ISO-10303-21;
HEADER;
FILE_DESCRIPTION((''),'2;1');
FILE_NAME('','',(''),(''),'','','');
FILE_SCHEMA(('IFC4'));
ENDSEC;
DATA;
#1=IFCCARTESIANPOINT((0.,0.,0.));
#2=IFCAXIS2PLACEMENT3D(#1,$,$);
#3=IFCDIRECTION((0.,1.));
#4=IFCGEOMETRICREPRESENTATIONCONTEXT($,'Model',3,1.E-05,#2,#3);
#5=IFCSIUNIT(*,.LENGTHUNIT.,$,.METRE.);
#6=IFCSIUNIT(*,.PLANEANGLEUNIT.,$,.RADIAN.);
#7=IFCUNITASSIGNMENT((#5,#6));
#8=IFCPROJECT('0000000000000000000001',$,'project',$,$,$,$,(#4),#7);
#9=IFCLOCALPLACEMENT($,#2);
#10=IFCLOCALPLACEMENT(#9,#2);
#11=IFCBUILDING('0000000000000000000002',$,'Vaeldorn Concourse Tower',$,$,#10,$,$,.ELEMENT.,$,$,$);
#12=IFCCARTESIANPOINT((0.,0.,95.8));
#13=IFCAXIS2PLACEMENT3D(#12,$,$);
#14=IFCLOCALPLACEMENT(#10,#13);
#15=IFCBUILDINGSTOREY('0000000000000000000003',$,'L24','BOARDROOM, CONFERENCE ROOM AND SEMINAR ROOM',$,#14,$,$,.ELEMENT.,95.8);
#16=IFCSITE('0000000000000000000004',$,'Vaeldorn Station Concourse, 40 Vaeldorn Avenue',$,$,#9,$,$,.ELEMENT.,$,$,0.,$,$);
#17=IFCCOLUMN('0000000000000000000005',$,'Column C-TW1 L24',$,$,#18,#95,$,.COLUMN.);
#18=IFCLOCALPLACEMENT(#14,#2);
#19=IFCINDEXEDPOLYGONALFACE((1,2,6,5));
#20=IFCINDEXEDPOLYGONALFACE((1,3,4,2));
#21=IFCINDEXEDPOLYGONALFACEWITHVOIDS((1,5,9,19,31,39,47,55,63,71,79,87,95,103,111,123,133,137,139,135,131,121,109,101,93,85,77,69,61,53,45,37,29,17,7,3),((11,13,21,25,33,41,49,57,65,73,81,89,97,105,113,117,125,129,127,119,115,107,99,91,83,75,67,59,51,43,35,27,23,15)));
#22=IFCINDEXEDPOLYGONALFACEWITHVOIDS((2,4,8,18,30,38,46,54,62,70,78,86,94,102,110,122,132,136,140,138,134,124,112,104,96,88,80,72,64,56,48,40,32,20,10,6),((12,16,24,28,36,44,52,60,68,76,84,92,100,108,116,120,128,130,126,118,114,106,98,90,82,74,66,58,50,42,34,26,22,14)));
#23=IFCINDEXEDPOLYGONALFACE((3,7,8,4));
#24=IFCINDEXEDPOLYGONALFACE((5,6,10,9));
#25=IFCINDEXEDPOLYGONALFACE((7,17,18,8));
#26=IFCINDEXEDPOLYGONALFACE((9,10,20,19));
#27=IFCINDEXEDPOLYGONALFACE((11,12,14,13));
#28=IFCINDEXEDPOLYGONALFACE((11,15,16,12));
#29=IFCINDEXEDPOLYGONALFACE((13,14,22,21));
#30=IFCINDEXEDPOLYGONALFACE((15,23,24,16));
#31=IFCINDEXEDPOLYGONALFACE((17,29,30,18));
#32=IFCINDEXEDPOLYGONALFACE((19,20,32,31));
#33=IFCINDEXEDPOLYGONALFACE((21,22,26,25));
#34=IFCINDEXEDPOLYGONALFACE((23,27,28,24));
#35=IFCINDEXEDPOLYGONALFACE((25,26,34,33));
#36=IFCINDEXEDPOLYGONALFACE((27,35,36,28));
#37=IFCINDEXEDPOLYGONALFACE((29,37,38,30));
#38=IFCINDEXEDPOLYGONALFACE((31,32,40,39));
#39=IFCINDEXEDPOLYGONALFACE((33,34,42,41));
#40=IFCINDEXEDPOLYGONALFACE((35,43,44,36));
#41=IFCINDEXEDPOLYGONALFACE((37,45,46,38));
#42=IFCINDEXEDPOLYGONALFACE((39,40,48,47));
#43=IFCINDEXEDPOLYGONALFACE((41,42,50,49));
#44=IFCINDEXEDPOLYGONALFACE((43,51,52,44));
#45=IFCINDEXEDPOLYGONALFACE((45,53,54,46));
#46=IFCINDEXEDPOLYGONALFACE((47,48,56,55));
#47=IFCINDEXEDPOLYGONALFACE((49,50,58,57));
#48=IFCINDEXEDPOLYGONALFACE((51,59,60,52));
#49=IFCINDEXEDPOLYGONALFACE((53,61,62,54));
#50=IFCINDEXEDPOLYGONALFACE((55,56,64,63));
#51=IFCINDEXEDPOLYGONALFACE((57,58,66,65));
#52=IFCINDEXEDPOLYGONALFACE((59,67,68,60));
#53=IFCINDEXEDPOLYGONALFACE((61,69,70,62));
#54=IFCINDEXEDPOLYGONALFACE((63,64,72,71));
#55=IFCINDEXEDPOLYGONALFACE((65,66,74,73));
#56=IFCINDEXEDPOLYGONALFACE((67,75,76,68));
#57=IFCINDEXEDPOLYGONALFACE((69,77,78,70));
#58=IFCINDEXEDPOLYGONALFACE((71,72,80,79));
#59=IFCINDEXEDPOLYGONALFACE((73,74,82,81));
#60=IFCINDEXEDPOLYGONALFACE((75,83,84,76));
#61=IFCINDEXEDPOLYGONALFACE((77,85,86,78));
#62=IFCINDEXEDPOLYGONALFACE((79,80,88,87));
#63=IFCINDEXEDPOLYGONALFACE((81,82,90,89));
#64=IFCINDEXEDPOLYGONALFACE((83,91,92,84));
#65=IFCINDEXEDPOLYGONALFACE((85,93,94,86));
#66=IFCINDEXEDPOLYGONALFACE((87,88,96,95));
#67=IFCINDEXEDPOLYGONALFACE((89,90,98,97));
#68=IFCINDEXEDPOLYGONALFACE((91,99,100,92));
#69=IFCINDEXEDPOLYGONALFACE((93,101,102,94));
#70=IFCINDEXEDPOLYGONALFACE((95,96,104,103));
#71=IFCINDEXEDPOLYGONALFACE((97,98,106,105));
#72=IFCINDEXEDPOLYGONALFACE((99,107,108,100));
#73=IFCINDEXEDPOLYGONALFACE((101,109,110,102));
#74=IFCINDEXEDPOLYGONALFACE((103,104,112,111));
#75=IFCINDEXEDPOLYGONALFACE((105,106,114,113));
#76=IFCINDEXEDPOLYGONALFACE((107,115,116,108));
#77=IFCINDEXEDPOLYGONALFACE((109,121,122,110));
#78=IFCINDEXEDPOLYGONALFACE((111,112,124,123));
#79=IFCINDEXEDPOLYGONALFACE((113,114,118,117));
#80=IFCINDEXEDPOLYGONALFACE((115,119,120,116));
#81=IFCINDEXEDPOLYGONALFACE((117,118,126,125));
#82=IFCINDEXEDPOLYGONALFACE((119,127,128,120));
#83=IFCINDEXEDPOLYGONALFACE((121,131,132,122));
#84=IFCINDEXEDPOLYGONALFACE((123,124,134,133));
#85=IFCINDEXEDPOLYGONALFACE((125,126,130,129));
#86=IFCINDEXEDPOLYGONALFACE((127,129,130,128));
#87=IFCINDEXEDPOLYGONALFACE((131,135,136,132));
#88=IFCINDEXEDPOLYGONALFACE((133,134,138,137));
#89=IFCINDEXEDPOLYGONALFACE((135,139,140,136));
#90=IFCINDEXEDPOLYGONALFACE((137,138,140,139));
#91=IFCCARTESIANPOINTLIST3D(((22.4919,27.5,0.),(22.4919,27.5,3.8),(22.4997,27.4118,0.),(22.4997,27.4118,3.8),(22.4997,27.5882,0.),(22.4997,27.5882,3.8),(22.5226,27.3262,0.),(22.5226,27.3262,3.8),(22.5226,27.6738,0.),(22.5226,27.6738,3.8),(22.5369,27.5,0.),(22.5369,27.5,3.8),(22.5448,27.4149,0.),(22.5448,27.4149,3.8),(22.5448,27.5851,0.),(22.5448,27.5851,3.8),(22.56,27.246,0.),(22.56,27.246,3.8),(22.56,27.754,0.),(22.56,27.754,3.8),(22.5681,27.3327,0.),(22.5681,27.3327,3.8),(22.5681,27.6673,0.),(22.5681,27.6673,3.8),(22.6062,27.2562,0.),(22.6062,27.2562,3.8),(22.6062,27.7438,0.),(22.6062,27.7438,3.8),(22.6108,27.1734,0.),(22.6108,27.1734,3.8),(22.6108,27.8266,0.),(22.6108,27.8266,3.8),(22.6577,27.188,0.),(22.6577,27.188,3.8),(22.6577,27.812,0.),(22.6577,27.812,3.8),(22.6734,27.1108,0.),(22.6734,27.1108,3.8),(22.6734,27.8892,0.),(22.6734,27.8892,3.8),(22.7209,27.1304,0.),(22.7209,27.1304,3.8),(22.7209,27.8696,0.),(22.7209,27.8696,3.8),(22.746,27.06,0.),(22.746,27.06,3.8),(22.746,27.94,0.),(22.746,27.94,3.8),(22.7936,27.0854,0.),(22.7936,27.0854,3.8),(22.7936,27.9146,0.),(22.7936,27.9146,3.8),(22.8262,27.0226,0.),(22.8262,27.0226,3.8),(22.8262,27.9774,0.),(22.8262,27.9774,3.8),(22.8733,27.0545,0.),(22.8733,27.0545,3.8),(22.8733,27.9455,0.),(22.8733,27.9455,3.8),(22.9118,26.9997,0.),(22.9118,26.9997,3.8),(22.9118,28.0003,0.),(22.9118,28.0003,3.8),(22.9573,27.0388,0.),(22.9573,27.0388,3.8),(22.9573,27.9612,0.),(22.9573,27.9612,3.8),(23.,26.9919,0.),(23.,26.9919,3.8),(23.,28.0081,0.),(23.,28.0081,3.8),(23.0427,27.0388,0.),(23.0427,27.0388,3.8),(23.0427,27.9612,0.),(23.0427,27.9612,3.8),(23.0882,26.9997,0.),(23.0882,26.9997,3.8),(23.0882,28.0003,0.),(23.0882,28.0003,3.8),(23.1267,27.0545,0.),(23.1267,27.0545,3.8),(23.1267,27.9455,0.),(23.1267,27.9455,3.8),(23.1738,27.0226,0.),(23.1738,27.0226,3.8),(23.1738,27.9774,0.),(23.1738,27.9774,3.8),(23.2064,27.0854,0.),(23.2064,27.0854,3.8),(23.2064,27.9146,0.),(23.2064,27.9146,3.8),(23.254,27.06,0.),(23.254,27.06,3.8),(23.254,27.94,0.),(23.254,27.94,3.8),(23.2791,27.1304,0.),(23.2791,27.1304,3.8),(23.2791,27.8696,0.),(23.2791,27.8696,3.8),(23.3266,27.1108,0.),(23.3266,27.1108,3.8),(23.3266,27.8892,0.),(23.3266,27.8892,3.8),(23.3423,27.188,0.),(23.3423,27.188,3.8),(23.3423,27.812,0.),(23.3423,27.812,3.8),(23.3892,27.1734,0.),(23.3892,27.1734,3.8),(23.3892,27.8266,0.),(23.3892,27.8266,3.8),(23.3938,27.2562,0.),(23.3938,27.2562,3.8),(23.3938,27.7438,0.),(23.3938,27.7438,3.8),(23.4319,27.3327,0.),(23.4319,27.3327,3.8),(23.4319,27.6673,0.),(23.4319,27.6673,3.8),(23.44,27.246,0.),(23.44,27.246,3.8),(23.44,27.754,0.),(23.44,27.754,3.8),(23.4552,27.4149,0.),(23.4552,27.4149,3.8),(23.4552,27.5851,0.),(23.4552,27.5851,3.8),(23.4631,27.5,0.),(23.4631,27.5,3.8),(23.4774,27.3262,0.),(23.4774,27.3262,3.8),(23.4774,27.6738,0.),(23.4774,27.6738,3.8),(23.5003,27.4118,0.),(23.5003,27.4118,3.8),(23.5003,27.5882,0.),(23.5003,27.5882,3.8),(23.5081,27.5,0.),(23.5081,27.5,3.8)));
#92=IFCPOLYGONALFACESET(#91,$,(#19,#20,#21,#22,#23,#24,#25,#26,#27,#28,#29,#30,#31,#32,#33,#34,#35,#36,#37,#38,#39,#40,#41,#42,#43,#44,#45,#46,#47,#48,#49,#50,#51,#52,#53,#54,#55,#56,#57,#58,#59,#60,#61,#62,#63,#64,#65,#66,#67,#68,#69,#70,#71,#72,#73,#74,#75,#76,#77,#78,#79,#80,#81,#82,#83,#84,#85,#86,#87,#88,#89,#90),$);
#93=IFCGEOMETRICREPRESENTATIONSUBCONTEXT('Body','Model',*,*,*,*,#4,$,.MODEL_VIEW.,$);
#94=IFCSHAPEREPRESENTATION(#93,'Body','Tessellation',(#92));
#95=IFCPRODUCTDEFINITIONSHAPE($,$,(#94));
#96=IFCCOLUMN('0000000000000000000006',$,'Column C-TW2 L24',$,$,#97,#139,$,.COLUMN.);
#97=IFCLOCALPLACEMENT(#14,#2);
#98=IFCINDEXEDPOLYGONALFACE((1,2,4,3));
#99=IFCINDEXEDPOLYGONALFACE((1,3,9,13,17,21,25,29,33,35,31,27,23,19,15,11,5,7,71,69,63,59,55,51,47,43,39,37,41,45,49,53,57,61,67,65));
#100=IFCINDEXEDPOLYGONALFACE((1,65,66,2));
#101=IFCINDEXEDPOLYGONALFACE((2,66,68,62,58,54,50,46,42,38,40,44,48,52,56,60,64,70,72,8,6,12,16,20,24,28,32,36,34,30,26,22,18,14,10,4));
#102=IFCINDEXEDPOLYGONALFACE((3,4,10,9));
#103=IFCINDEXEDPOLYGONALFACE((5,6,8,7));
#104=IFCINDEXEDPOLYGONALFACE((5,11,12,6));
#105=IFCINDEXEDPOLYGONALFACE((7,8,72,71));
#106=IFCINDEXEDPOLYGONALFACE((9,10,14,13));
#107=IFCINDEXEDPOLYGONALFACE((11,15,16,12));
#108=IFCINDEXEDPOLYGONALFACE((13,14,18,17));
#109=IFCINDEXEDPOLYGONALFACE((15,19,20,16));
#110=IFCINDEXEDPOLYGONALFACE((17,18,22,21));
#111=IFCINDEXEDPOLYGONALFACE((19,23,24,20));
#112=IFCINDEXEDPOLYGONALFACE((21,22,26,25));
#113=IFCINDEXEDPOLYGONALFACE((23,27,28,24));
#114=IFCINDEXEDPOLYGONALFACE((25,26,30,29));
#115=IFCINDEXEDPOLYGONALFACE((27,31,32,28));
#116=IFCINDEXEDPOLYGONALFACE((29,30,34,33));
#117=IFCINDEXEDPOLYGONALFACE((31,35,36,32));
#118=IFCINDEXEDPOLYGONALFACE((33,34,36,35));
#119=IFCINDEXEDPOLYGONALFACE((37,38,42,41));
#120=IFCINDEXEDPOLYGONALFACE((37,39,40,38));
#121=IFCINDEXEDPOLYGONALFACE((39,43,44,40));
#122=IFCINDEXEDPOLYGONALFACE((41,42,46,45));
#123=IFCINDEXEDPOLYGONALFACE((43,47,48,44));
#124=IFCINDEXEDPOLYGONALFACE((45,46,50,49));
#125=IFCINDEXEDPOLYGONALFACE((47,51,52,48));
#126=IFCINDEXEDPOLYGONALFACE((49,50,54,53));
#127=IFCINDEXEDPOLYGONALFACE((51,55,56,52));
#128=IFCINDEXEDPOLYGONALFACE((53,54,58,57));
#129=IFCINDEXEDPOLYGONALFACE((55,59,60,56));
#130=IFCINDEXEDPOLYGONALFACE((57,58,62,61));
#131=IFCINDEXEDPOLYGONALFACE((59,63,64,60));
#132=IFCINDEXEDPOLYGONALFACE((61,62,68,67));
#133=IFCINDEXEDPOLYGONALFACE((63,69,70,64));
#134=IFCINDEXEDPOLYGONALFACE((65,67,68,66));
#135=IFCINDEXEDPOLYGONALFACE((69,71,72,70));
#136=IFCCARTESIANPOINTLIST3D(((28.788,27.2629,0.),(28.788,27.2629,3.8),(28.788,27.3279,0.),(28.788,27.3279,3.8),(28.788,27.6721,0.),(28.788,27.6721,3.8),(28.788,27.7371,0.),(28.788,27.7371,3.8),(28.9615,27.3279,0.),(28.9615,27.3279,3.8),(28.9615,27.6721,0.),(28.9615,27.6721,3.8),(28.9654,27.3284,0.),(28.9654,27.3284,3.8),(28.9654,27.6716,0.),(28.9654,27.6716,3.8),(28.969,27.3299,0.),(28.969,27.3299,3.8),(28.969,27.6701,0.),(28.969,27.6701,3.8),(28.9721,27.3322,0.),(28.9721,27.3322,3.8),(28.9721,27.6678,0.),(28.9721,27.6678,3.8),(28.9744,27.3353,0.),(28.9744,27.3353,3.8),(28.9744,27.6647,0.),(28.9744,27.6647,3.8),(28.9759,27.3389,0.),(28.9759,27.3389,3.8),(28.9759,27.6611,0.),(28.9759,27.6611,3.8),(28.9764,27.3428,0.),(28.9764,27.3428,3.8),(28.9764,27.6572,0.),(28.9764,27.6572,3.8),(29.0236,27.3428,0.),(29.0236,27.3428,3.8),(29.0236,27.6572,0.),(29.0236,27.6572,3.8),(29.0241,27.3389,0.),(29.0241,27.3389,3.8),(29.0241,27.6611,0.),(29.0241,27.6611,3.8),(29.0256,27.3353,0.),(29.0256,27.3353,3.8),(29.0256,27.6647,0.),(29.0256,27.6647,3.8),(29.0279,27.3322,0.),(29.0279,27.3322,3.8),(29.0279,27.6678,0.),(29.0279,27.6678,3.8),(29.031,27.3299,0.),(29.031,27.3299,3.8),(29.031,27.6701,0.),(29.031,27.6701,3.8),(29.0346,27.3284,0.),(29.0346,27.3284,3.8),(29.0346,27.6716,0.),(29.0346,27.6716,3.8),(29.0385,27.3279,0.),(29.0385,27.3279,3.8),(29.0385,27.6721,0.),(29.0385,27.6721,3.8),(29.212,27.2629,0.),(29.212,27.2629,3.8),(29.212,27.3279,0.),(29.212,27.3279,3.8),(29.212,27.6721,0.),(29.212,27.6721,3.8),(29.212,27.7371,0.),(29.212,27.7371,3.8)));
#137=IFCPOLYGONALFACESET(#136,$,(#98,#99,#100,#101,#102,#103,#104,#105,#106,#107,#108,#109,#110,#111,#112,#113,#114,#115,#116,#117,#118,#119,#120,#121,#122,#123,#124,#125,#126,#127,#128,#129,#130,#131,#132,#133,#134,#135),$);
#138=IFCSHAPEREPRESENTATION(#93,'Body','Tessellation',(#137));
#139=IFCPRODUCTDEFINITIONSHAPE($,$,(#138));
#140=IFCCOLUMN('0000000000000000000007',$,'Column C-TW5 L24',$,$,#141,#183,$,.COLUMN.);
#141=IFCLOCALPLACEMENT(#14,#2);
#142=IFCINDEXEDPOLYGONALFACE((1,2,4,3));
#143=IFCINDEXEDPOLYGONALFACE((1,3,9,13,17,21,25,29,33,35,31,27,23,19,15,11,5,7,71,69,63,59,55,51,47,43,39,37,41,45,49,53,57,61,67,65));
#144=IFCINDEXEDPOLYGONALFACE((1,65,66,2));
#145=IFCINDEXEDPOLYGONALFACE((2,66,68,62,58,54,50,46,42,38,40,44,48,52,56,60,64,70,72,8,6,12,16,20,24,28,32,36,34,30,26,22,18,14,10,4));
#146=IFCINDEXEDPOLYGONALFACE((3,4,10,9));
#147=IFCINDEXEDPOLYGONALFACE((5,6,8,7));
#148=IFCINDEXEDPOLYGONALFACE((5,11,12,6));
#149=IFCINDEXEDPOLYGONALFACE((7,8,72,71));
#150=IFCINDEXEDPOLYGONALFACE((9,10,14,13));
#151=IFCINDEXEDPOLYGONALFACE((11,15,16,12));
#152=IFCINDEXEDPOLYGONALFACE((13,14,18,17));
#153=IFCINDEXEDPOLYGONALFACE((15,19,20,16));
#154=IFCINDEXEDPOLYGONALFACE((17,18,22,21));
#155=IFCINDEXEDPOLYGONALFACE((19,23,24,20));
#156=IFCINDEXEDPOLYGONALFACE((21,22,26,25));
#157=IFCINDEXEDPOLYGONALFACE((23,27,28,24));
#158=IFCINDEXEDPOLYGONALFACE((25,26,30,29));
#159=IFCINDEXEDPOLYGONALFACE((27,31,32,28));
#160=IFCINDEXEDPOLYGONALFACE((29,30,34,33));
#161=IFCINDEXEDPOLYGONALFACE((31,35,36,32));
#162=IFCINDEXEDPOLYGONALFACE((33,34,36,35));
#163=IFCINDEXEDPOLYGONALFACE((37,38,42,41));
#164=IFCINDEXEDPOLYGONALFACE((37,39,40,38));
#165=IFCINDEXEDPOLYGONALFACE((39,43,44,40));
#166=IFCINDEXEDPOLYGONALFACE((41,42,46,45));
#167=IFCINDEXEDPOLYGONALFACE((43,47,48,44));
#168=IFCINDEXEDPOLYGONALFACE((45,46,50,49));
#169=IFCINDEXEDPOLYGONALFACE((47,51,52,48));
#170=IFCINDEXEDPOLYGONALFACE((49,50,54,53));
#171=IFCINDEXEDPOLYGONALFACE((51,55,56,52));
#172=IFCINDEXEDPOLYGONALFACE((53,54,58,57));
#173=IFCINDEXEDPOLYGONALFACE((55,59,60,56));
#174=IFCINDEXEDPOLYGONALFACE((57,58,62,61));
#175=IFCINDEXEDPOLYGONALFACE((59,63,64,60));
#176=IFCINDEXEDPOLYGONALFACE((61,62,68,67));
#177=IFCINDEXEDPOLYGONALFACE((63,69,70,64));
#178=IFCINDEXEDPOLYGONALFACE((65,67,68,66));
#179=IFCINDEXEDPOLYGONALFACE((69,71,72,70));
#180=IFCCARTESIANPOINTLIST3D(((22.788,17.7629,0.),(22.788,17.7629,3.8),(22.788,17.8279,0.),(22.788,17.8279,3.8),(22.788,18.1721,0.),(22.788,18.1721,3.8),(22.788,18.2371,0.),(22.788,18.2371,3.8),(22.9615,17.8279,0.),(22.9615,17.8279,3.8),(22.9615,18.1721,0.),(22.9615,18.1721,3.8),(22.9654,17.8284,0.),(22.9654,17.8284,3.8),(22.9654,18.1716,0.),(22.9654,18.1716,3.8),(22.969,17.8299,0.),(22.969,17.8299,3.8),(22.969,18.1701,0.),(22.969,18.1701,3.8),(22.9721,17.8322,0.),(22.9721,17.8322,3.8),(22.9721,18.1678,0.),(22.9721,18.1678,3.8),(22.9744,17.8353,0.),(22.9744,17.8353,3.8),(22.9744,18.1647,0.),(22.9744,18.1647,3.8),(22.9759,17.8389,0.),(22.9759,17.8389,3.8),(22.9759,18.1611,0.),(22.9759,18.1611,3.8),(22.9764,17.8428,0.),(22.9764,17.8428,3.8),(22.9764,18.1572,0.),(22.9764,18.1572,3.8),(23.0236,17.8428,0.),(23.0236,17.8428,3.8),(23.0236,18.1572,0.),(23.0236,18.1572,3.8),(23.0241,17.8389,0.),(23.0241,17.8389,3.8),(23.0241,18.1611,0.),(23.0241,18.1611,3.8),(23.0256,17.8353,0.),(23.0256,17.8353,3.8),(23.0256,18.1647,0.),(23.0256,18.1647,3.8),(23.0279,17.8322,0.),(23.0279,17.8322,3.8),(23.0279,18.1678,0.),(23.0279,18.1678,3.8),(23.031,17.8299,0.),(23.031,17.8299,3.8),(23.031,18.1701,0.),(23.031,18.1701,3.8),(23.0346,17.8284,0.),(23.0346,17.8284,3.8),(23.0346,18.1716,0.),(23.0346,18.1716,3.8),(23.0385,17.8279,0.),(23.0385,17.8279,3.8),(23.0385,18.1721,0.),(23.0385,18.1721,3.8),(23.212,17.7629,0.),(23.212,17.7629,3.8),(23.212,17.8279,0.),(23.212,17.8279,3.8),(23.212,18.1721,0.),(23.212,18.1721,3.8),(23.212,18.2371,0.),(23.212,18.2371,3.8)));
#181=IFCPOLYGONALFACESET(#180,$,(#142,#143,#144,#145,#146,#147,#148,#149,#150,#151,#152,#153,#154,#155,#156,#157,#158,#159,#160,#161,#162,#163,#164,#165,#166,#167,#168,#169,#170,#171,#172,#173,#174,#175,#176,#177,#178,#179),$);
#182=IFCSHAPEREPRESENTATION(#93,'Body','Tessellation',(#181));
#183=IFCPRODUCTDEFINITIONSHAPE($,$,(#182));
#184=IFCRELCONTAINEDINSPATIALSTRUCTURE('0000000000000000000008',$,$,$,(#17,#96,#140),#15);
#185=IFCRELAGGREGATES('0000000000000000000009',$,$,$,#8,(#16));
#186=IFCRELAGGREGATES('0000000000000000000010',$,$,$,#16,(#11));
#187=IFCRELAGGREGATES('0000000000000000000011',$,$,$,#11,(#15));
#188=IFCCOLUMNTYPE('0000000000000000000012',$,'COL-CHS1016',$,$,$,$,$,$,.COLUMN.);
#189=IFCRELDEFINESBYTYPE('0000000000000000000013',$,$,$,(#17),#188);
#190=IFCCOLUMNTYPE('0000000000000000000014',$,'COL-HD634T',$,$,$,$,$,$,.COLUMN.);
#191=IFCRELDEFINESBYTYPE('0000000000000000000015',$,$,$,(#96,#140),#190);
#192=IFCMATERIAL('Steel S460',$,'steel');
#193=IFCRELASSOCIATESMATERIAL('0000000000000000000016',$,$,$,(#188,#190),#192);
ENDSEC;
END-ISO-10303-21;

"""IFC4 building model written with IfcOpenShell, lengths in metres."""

from ifc_helpers import new_model, si_unit, direction, frame, origin, origin_2d, place, context, subcontext, project, spatial, hollow_circle, i_section, extrude, source, transform, mapped, material, material_profile, profile_set, type_object, element, save


model = new_model("IFC4")

# Units and contexts
model_context = context("Model", 3, precision=1e-05, world=origin(), true_north=direction((0.0, 1.0)))
body_context = subcontext(model_context, "Body", "Model", "MODEL_VIEW")
ifc_project = project(units=[si_unit("LENGTHUNIT", "METRE"), si_unit("PLANEANGLEUNIT", "RADIAN")], contexts=[model_context])

# Site, building, storey
site_placement = place(None, origin())
site = spatial("IfcSite", under=ifc_project, at=site_placement, Name="Vaeldorn Station Concourse, 40 Vaeldorn Avenue", CompositionType="ELEMENT", RefElevation=0.0)
building_placement = place(site_placement, origin())
building = spatial("IfcBuilding", under=site, at=building_placement, Name="Vaeldorn Concourse Tower", CompositionType="ELEMENT")
storey_placement = place(building_placement, frame((0.0, 0.0, 95.8)))
storey = spatial("IfcBuildingStorey", under=building, at=storey_placement, Name="L24", Description="BOARDROOM, CONFERENCE ROOM AND SEMINAR ROOM", CompositionType="ELEMENT", Elevation=95.8)

# Columns
ifc_material_1 = material(Name="Steel S460", Category="steel")
ifc_material_profile_1 = material_profile(ifc_material_1, hollow_circle(Radius=0.5081, WallThickness=0.0449, at=origin_2d()), Name="CHS 1016x45")
ifc_profile_set_1 = profile_set([ifc_material_profile_1], Name="Steel S460")
column_type_1 = type_object("IfcColumnType", Name="COL-CHS1016", PredefinedType="COLUMN", material=ifc_profile_set_1)
shared_shape_1 = source(origin(), body_context, "Body", "SweptSolid", [
    extrude(hollow_circle(Radius=0.5081, WallThickness=0.0449, at=origin_2d()), origin(), (0.0, 0.0, 1.0), 3.8),
])
column_1_placement = place(storey_placement, frame((23.0, 27.5, 0.0), z_axis=(0.0, 0.0, 1.0), x_axis=(1.0, 0.0, 0.0)))
element("IfcColumn", 1, at=column_1_placement, inside=storey, type_object=column_type_1, Name="Column C-TW1 L24", PredefinedType="COLUMN", context=body_context, shape_type="MappedRepresentation", body=[
    mapped(shared_shape_1, transform((0.0, 0.0, 0.0), scale=1.0)),
])
ifc_material_profile_2 = material_profile(ifc_material_1, i_section(OverallWidth=0.4241, OverallDepth=0.4741, WebThickness=0.0471, FlangeThickness=0.0649, FilletRadius=0.0149, at=origin_2d()), Name="HD 400x634")
ifc_profile_set_2 = profile_set([ifc_material_profile_2], Name="Steel S460")
column_type_2 = type_object("IfcColumnType", Name="COL-HD634T", PredefinedType="COLUMN", material=ifc_profile_set_2)
shared_shape_2 = source(origin(), body_context, "Body", "SweptSolid", [
    extrude(i_section(OverallWidth=0.4241, OverallDepth=0.4741, WebThickness=0.0471, FlangeThickness=0.0649, FilletRadius=0.0149, at=origin_2d()), origin(), (0.0, 0.0, 1.0), 3.8),
])
for number, where, z_axis, x_axis, name in (
    (2, (29.0, 27.5, 0.0), (0.0, 0.0, 1.0), (1.0, 0.0, 0.0), "Column C-TW2 L24"),
    (3, (23.0, 18.0, 0.0), (0.0, 0.0, 1.0), (1.0, 0.0, 0.0), "Column C-TW5 L24"),
):
    element("IfcColumn", number, at=place(storey_placement, frame(where, z_axis=z_axis, x_axis=x_axis)), inside=storey, type_object=column_type_2, Name=name, PredefinedType="COLUMN", context=body_context, shape_type="MappedRepresentation", body=[
        mapped(shared_shape_2, transform((0.0, 0.0, 0.0), scale=1.0)),
    ])

save(model, "model.ifc")
